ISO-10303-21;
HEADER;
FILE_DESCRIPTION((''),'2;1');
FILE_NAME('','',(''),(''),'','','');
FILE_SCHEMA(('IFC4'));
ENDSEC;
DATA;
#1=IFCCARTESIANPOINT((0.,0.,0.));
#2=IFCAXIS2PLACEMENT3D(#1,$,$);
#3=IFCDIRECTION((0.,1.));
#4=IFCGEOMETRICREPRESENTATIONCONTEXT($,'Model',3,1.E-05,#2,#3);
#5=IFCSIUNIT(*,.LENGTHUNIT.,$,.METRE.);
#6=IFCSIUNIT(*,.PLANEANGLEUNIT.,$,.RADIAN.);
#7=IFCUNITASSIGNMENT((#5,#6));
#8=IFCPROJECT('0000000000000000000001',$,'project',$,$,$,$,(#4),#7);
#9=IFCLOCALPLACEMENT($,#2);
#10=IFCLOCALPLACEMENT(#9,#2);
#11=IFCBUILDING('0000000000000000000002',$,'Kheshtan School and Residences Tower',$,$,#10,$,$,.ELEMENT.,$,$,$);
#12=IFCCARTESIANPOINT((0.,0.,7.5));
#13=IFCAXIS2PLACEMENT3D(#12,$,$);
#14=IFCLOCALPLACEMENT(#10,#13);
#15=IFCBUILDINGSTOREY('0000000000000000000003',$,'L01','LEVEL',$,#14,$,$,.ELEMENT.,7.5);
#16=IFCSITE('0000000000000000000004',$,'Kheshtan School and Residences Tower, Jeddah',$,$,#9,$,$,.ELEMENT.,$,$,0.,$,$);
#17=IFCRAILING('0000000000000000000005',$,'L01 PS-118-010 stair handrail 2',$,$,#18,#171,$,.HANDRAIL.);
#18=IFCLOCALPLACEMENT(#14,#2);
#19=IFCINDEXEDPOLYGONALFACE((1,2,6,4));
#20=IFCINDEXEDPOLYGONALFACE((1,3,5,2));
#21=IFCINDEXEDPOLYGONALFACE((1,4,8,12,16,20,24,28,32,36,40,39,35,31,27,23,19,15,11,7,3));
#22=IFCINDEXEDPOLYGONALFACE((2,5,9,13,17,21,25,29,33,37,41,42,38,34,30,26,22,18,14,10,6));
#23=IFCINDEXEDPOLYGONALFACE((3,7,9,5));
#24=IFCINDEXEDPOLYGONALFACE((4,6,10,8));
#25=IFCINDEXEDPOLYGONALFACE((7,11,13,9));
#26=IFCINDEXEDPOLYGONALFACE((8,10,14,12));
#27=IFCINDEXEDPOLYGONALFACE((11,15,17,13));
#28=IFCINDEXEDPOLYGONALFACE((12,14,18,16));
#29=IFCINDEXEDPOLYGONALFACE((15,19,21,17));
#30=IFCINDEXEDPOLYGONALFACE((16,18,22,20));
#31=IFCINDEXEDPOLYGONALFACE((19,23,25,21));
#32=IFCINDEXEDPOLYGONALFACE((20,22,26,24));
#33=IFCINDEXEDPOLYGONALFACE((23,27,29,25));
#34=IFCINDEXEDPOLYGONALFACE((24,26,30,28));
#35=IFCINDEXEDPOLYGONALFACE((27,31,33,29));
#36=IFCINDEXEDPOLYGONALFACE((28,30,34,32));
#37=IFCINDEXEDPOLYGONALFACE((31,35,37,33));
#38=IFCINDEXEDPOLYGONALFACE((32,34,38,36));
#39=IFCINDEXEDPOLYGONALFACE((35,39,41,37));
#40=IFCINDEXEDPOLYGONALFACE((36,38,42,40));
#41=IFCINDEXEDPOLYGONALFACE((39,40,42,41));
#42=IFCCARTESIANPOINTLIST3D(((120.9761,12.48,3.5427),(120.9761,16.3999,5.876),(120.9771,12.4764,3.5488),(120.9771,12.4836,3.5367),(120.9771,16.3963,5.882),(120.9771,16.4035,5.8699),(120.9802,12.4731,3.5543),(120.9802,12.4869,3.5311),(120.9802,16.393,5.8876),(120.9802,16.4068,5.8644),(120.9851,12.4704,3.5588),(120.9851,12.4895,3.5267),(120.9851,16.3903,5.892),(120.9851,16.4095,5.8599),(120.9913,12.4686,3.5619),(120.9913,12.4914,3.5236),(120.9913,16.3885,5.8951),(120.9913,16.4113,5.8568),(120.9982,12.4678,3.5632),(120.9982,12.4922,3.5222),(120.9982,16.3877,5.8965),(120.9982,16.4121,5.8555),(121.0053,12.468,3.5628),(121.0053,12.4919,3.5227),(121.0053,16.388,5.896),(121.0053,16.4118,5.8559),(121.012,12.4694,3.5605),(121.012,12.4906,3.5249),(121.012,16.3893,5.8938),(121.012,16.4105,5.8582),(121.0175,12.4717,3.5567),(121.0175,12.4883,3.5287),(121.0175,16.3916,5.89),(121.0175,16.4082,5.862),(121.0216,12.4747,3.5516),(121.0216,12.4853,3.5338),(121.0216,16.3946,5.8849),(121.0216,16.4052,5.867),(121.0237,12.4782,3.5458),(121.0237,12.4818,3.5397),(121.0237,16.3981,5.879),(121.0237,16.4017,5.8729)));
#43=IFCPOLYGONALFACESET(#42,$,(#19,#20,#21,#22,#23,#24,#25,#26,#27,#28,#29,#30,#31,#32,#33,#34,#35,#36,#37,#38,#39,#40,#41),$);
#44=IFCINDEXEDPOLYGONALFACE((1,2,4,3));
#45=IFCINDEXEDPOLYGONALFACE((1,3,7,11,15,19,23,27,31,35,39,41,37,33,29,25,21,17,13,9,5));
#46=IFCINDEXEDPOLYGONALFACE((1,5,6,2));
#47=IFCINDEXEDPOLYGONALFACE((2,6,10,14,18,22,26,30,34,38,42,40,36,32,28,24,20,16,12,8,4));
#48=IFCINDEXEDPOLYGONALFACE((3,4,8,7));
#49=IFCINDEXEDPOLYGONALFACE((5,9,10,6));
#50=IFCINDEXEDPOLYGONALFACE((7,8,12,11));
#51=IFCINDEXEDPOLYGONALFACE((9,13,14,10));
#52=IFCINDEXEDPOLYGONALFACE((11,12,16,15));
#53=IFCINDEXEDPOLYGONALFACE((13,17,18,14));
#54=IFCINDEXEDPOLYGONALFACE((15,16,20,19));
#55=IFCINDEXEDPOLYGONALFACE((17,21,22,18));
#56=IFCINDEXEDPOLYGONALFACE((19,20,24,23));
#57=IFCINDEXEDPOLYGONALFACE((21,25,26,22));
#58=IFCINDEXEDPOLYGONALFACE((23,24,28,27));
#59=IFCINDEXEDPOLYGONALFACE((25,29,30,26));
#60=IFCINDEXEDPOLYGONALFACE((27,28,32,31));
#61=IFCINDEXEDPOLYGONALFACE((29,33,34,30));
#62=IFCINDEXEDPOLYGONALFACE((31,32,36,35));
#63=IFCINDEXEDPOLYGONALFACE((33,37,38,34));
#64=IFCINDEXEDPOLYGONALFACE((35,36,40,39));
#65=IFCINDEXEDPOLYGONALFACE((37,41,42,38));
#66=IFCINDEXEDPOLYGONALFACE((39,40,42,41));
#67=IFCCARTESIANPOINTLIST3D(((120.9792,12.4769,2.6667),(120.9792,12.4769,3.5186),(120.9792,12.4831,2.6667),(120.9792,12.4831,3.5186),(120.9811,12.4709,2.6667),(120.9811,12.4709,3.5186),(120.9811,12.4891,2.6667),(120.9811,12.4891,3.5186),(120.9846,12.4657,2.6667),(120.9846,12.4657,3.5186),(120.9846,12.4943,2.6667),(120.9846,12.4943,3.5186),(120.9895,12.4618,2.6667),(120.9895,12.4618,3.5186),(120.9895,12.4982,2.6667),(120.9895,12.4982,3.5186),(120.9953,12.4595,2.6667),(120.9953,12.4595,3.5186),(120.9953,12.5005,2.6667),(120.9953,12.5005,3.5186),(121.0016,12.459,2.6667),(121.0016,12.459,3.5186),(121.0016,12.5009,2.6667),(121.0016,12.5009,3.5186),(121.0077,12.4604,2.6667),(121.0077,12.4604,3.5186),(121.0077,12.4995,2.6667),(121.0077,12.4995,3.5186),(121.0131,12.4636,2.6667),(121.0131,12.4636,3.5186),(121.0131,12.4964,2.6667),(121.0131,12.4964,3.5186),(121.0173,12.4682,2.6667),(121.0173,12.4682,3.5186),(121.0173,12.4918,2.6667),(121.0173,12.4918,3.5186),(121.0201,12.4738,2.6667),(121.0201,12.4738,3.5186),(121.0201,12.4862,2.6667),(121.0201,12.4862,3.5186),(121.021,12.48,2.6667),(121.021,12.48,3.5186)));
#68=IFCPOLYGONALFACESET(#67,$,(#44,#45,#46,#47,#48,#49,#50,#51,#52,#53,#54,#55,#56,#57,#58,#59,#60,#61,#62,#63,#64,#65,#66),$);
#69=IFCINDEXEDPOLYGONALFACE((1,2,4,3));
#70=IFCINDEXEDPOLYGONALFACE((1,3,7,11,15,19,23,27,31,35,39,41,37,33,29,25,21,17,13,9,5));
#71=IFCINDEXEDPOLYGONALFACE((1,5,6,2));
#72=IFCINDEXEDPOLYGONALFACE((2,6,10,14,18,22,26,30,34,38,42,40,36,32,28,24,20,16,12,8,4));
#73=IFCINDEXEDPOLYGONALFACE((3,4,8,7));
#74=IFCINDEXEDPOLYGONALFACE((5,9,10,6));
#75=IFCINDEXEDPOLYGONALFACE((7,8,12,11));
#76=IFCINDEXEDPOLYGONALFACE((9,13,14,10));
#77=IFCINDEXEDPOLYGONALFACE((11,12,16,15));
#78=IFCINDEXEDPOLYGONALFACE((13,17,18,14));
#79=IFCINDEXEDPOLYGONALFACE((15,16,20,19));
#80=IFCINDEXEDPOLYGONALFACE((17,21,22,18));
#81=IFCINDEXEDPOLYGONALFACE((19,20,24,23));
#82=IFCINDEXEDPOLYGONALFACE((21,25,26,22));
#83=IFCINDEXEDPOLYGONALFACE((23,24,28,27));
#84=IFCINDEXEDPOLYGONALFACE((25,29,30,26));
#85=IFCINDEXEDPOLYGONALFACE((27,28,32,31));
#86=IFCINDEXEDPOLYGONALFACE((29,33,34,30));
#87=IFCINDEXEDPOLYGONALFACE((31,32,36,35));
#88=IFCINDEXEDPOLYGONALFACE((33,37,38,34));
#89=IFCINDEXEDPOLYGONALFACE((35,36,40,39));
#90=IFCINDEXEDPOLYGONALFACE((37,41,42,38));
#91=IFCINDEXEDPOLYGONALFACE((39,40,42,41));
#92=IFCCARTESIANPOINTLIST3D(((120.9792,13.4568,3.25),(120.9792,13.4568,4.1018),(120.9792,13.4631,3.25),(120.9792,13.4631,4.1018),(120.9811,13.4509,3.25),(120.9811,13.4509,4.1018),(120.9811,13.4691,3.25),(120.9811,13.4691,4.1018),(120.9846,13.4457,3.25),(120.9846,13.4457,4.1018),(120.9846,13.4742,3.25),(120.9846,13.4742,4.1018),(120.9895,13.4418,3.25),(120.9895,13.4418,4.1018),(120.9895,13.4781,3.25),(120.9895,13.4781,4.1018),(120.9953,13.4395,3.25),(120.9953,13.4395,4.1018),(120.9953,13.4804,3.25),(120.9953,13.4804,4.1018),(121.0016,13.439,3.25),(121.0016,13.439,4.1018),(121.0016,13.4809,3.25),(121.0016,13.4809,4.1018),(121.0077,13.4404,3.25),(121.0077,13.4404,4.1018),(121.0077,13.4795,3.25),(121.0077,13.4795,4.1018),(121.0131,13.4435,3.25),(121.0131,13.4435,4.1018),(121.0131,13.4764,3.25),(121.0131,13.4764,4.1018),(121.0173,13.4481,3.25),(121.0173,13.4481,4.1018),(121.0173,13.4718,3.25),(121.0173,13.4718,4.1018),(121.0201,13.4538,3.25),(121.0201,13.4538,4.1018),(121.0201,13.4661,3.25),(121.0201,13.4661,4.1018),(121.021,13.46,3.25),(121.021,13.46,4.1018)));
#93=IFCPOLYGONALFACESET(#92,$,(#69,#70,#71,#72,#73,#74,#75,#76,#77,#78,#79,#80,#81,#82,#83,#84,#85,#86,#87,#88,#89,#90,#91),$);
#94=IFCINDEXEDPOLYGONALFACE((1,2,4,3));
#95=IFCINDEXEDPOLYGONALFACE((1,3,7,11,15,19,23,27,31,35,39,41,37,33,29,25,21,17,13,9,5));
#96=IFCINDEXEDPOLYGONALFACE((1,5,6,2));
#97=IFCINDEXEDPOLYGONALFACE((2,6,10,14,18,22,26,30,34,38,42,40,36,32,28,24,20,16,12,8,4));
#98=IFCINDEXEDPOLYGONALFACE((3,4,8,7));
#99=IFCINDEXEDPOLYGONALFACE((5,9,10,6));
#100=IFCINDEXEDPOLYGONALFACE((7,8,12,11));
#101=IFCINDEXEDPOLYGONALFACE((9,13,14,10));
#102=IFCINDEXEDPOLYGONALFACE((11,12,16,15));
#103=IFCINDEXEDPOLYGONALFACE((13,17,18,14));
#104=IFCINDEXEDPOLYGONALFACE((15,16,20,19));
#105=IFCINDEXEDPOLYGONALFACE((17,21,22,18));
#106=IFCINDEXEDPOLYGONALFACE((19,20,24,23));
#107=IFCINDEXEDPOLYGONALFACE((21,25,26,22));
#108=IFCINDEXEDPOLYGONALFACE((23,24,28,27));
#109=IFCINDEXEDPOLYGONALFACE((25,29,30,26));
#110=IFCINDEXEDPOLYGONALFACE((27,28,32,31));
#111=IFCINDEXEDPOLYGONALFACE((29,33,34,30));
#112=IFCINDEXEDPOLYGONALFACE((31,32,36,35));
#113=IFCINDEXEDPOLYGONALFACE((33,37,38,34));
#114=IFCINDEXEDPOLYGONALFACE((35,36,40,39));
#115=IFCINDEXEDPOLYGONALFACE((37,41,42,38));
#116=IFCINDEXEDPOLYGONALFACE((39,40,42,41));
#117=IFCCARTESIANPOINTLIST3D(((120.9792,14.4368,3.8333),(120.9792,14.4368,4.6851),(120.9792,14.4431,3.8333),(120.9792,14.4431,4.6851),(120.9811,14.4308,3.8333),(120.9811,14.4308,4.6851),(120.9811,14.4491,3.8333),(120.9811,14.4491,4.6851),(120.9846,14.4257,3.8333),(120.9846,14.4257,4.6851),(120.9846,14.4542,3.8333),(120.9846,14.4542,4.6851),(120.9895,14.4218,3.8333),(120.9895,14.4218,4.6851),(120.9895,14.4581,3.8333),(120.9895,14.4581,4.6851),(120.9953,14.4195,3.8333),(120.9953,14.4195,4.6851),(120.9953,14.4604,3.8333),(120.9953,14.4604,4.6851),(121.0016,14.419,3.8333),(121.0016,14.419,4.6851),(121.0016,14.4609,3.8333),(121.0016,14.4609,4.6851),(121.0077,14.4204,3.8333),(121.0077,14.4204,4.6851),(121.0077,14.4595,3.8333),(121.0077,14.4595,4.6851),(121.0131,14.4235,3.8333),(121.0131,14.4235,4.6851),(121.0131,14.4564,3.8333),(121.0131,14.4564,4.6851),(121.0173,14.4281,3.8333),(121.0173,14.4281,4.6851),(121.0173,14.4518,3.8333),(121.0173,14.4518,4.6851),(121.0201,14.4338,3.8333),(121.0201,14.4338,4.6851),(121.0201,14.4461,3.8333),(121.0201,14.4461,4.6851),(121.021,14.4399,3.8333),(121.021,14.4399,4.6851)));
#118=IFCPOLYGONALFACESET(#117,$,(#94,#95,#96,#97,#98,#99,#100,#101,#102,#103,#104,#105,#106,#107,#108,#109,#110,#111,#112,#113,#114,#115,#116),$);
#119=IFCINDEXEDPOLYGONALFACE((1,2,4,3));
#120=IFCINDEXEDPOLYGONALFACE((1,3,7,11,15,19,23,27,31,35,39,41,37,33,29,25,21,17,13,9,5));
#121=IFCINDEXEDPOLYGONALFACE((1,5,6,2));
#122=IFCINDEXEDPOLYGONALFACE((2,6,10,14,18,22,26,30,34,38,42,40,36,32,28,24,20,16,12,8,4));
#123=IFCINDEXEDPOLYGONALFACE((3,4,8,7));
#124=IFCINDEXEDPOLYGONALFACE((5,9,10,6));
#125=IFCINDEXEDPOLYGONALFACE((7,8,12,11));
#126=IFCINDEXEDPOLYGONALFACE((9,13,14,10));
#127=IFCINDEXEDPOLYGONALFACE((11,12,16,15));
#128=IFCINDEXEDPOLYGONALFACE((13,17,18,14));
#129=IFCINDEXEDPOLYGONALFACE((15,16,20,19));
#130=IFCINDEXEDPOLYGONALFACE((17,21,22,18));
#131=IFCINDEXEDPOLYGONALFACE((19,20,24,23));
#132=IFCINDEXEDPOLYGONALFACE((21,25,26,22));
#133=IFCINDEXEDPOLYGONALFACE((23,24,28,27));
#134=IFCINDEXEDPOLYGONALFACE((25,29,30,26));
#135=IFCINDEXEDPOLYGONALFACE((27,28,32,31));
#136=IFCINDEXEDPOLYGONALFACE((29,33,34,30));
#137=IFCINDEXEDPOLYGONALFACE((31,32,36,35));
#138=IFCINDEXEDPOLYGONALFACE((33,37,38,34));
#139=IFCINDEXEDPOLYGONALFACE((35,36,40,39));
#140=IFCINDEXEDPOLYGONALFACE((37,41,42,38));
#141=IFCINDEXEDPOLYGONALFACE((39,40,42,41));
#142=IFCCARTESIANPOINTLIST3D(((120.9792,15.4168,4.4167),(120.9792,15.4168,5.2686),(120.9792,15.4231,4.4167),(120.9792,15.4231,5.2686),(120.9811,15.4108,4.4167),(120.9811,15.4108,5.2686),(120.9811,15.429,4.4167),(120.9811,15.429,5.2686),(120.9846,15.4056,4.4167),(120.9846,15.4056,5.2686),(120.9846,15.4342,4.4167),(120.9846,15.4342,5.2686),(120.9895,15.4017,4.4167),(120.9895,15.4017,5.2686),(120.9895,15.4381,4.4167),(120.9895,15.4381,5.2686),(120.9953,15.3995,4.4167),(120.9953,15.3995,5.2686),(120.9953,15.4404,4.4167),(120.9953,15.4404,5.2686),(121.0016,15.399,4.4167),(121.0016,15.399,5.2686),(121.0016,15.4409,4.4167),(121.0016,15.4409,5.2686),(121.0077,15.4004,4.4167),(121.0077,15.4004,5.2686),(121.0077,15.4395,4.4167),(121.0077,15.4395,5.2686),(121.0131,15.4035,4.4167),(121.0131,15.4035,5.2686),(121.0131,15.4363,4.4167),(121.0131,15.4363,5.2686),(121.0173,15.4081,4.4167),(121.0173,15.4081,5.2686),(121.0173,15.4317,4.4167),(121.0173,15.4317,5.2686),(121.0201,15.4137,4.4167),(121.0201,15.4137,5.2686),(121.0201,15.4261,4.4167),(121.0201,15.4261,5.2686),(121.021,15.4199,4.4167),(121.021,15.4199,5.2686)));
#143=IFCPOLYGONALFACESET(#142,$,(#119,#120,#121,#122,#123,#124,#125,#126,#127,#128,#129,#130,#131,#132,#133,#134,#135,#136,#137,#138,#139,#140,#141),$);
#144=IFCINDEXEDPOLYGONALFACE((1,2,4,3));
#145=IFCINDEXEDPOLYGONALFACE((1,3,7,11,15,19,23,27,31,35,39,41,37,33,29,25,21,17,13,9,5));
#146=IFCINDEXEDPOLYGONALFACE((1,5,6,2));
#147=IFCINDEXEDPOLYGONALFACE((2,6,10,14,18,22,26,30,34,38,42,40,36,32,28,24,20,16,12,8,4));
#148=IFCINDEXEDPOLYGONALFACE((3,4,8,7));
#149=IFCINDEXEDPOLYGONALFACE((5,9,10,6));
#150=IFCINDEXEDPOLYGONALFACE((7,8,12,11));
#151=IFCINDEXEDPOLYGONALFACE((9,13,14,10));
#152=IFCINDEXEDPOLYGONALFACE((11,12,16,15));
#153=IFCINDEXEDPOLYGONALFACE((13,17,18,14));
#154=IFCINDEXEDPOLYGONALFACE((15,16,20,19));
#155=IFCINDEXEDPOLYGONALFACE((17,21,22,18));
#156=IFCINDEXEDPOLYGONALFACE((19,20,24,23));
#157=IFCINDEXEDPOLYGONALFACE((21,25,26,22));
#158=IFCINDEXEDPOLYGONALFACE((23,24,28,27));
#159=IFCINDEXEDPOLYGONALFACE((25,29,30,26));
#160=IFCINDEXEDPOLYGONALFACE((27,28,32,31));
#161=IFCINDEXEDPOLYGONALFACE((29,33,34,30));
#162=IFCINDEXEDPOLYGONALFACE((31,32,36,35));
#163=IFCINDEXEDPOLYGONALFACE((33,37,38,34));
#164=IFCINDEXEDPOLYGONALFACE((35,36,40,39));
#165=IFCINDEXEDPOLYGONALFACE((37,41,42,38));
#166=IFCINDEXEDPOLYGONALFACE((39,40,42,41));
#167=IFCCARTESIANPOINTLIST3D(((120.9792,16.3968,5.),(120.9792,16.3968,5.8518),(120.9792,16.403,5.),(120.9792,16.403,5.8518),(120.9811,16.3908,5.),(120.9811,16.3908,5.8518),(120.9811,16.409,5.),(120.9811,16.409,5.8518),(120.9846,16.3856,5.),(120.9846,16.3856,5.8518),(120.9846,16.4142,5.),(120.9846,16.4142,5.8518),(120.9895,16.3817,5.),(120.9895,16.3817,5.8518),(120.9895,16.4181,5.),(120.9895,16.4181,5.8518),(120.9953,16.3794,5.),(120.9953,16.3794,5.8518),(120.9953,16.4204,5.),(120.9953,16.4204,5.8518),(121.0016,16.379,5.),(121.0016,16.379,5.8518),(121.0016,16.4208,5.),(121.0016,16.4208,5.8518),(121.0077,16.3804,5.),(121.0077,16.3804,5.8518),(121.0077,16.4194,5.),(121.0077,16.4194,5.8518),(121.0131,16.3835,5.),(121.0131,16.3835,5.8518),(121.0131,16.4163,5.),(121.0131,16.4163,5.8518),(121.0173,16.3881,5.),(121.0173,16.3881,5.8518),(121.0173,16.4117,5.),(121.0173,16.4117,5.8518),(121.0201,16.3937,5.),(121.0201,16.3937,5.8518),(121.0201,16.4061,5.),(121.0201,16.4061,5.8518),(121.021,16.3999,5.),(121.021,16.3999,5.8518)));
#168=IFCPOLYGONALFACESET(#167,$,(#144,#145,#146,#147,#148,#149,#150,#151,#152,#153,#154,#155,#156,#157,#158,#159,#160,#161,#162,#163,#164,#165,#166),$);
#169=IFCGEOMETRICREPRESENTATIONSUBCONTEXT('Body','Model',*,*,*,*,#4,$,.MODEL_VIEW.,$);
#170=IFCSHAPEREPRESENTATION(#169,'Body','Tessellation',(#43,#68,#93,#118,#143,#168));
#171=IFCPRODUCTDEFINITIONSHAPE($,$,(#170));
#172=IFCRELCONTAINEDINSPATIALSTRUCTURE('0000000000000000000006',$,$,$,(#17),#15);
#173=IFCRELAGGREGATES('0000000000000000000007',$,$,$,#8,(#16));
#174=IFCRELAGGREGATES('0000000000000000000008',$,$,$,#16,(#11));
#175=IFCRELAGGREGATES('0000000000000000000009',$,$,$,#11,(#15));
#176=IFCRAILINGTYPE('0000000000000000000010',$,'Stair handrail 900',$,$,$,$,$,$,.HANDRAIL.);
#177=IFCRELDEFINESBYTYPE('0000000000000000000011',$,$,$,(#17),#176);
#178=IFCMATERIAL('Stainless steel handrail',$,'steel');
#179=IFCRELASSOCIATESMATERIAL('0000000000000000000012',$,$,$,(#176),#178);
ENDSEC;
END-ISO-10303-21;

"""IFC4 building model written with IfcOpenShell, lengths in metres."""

from ifc_helpers import new_model, si_unit, direction, frame, origin, origin_2d, place, context, subcontext, project, spatial, circle, extrude, material, type_object, element, save


model = new_model("IFC4")

# Units and contexts
model_context = context("Model", 3, precision=1e-05, world=origin(), true_north=direction((0.0, 1.0)))
body_context = subcontext(model_context, "Body", "Model", "MODEL_VIEW")
ifc_project = project(units=[si_unit("LENGTHUNIT", "METRE"), si_unit("PLANEANGLEUNIT", "RADIAN")], contexts=[model_context])

# Site, building, storey
site_placement = place(None, origin())
site = spatial("IfcSite", under=ifc_project, at=site_placement, Name="Kheshtan School and Residences Tower, Jeddah", CompositionType="ELEMENT", RefElevation=0.0)
building_placement = place(site_placement, origin())
building = spatial("IfcBuilding", under=site, at=building_placement, Name="Kheshtan School and Residences Tower", CompositionType="ELEMENT")
storey_placement = place(building_placement, frame((0.0, 0.0, 7.5)))
storey = spatial("IfcBuildingStorey", under=building, at=storey_placement, Name="L01", Description="LEVEL", CompositionType="ELEMENT", Elevation=7.5)

# Railing
ifc_material_1 = material(Name="Stainless steel handrail", Category="steel")
railing_type = type_object("IfcRailingType", Name="Stair handrail 900", PredefinedType="HANDRAIL", material=ifc_material_1)
railing_placement = place(storey_placement, frame((121.0, 12.48, 2.6667)))
element("IfcRailing", 1, at=railing_placement, inside=storey, type_object=railing_type, Name="L01 PS-118-010 stair handrail 2", PredefinedType="HANDRAIL", context=body_context, shape_type="SweptSolid", body=[
    extrude(circle(Radius=0.0239, at=origin_2d()), frame((0.0, 0.0, 0.876), z_axis=(0.0, 0.859296, 0.511478), x_axis=(-1.0, 0.0, 0.0)), (0.0, 0.0, 1.0), 4.5618),
    extrude(circle(Radius=0.021, at=origin_2d()), origin(), (0.0, 0.0, 1.0), 0.8518),
    extrude(circle(Radius=0.021, at=origin_2d()), frame((0.0, 0.98, 0.5833)), (0.0, 0.0, 1.0), 0.8518),
    extrude(circle(Radius=0.021, at=origin_2d()), frame((0.0, 1.96, 1.1665)), (0.0, 0.0, 1.0), 0.8518),
    extrude(circle(Radius=0.021, at=origin_2d()), frame((0.0, 2.9399, 1.75)), (0.0, 0.0, 1.0), 0.8518),
    extrude(circle(Radius=0.021, at=origin_2d()), frame((0.0, 3.9199, 2.3333)), (0.0, 0.0, 1.0), 0.8518),
])

save(model, "model.ifc")
